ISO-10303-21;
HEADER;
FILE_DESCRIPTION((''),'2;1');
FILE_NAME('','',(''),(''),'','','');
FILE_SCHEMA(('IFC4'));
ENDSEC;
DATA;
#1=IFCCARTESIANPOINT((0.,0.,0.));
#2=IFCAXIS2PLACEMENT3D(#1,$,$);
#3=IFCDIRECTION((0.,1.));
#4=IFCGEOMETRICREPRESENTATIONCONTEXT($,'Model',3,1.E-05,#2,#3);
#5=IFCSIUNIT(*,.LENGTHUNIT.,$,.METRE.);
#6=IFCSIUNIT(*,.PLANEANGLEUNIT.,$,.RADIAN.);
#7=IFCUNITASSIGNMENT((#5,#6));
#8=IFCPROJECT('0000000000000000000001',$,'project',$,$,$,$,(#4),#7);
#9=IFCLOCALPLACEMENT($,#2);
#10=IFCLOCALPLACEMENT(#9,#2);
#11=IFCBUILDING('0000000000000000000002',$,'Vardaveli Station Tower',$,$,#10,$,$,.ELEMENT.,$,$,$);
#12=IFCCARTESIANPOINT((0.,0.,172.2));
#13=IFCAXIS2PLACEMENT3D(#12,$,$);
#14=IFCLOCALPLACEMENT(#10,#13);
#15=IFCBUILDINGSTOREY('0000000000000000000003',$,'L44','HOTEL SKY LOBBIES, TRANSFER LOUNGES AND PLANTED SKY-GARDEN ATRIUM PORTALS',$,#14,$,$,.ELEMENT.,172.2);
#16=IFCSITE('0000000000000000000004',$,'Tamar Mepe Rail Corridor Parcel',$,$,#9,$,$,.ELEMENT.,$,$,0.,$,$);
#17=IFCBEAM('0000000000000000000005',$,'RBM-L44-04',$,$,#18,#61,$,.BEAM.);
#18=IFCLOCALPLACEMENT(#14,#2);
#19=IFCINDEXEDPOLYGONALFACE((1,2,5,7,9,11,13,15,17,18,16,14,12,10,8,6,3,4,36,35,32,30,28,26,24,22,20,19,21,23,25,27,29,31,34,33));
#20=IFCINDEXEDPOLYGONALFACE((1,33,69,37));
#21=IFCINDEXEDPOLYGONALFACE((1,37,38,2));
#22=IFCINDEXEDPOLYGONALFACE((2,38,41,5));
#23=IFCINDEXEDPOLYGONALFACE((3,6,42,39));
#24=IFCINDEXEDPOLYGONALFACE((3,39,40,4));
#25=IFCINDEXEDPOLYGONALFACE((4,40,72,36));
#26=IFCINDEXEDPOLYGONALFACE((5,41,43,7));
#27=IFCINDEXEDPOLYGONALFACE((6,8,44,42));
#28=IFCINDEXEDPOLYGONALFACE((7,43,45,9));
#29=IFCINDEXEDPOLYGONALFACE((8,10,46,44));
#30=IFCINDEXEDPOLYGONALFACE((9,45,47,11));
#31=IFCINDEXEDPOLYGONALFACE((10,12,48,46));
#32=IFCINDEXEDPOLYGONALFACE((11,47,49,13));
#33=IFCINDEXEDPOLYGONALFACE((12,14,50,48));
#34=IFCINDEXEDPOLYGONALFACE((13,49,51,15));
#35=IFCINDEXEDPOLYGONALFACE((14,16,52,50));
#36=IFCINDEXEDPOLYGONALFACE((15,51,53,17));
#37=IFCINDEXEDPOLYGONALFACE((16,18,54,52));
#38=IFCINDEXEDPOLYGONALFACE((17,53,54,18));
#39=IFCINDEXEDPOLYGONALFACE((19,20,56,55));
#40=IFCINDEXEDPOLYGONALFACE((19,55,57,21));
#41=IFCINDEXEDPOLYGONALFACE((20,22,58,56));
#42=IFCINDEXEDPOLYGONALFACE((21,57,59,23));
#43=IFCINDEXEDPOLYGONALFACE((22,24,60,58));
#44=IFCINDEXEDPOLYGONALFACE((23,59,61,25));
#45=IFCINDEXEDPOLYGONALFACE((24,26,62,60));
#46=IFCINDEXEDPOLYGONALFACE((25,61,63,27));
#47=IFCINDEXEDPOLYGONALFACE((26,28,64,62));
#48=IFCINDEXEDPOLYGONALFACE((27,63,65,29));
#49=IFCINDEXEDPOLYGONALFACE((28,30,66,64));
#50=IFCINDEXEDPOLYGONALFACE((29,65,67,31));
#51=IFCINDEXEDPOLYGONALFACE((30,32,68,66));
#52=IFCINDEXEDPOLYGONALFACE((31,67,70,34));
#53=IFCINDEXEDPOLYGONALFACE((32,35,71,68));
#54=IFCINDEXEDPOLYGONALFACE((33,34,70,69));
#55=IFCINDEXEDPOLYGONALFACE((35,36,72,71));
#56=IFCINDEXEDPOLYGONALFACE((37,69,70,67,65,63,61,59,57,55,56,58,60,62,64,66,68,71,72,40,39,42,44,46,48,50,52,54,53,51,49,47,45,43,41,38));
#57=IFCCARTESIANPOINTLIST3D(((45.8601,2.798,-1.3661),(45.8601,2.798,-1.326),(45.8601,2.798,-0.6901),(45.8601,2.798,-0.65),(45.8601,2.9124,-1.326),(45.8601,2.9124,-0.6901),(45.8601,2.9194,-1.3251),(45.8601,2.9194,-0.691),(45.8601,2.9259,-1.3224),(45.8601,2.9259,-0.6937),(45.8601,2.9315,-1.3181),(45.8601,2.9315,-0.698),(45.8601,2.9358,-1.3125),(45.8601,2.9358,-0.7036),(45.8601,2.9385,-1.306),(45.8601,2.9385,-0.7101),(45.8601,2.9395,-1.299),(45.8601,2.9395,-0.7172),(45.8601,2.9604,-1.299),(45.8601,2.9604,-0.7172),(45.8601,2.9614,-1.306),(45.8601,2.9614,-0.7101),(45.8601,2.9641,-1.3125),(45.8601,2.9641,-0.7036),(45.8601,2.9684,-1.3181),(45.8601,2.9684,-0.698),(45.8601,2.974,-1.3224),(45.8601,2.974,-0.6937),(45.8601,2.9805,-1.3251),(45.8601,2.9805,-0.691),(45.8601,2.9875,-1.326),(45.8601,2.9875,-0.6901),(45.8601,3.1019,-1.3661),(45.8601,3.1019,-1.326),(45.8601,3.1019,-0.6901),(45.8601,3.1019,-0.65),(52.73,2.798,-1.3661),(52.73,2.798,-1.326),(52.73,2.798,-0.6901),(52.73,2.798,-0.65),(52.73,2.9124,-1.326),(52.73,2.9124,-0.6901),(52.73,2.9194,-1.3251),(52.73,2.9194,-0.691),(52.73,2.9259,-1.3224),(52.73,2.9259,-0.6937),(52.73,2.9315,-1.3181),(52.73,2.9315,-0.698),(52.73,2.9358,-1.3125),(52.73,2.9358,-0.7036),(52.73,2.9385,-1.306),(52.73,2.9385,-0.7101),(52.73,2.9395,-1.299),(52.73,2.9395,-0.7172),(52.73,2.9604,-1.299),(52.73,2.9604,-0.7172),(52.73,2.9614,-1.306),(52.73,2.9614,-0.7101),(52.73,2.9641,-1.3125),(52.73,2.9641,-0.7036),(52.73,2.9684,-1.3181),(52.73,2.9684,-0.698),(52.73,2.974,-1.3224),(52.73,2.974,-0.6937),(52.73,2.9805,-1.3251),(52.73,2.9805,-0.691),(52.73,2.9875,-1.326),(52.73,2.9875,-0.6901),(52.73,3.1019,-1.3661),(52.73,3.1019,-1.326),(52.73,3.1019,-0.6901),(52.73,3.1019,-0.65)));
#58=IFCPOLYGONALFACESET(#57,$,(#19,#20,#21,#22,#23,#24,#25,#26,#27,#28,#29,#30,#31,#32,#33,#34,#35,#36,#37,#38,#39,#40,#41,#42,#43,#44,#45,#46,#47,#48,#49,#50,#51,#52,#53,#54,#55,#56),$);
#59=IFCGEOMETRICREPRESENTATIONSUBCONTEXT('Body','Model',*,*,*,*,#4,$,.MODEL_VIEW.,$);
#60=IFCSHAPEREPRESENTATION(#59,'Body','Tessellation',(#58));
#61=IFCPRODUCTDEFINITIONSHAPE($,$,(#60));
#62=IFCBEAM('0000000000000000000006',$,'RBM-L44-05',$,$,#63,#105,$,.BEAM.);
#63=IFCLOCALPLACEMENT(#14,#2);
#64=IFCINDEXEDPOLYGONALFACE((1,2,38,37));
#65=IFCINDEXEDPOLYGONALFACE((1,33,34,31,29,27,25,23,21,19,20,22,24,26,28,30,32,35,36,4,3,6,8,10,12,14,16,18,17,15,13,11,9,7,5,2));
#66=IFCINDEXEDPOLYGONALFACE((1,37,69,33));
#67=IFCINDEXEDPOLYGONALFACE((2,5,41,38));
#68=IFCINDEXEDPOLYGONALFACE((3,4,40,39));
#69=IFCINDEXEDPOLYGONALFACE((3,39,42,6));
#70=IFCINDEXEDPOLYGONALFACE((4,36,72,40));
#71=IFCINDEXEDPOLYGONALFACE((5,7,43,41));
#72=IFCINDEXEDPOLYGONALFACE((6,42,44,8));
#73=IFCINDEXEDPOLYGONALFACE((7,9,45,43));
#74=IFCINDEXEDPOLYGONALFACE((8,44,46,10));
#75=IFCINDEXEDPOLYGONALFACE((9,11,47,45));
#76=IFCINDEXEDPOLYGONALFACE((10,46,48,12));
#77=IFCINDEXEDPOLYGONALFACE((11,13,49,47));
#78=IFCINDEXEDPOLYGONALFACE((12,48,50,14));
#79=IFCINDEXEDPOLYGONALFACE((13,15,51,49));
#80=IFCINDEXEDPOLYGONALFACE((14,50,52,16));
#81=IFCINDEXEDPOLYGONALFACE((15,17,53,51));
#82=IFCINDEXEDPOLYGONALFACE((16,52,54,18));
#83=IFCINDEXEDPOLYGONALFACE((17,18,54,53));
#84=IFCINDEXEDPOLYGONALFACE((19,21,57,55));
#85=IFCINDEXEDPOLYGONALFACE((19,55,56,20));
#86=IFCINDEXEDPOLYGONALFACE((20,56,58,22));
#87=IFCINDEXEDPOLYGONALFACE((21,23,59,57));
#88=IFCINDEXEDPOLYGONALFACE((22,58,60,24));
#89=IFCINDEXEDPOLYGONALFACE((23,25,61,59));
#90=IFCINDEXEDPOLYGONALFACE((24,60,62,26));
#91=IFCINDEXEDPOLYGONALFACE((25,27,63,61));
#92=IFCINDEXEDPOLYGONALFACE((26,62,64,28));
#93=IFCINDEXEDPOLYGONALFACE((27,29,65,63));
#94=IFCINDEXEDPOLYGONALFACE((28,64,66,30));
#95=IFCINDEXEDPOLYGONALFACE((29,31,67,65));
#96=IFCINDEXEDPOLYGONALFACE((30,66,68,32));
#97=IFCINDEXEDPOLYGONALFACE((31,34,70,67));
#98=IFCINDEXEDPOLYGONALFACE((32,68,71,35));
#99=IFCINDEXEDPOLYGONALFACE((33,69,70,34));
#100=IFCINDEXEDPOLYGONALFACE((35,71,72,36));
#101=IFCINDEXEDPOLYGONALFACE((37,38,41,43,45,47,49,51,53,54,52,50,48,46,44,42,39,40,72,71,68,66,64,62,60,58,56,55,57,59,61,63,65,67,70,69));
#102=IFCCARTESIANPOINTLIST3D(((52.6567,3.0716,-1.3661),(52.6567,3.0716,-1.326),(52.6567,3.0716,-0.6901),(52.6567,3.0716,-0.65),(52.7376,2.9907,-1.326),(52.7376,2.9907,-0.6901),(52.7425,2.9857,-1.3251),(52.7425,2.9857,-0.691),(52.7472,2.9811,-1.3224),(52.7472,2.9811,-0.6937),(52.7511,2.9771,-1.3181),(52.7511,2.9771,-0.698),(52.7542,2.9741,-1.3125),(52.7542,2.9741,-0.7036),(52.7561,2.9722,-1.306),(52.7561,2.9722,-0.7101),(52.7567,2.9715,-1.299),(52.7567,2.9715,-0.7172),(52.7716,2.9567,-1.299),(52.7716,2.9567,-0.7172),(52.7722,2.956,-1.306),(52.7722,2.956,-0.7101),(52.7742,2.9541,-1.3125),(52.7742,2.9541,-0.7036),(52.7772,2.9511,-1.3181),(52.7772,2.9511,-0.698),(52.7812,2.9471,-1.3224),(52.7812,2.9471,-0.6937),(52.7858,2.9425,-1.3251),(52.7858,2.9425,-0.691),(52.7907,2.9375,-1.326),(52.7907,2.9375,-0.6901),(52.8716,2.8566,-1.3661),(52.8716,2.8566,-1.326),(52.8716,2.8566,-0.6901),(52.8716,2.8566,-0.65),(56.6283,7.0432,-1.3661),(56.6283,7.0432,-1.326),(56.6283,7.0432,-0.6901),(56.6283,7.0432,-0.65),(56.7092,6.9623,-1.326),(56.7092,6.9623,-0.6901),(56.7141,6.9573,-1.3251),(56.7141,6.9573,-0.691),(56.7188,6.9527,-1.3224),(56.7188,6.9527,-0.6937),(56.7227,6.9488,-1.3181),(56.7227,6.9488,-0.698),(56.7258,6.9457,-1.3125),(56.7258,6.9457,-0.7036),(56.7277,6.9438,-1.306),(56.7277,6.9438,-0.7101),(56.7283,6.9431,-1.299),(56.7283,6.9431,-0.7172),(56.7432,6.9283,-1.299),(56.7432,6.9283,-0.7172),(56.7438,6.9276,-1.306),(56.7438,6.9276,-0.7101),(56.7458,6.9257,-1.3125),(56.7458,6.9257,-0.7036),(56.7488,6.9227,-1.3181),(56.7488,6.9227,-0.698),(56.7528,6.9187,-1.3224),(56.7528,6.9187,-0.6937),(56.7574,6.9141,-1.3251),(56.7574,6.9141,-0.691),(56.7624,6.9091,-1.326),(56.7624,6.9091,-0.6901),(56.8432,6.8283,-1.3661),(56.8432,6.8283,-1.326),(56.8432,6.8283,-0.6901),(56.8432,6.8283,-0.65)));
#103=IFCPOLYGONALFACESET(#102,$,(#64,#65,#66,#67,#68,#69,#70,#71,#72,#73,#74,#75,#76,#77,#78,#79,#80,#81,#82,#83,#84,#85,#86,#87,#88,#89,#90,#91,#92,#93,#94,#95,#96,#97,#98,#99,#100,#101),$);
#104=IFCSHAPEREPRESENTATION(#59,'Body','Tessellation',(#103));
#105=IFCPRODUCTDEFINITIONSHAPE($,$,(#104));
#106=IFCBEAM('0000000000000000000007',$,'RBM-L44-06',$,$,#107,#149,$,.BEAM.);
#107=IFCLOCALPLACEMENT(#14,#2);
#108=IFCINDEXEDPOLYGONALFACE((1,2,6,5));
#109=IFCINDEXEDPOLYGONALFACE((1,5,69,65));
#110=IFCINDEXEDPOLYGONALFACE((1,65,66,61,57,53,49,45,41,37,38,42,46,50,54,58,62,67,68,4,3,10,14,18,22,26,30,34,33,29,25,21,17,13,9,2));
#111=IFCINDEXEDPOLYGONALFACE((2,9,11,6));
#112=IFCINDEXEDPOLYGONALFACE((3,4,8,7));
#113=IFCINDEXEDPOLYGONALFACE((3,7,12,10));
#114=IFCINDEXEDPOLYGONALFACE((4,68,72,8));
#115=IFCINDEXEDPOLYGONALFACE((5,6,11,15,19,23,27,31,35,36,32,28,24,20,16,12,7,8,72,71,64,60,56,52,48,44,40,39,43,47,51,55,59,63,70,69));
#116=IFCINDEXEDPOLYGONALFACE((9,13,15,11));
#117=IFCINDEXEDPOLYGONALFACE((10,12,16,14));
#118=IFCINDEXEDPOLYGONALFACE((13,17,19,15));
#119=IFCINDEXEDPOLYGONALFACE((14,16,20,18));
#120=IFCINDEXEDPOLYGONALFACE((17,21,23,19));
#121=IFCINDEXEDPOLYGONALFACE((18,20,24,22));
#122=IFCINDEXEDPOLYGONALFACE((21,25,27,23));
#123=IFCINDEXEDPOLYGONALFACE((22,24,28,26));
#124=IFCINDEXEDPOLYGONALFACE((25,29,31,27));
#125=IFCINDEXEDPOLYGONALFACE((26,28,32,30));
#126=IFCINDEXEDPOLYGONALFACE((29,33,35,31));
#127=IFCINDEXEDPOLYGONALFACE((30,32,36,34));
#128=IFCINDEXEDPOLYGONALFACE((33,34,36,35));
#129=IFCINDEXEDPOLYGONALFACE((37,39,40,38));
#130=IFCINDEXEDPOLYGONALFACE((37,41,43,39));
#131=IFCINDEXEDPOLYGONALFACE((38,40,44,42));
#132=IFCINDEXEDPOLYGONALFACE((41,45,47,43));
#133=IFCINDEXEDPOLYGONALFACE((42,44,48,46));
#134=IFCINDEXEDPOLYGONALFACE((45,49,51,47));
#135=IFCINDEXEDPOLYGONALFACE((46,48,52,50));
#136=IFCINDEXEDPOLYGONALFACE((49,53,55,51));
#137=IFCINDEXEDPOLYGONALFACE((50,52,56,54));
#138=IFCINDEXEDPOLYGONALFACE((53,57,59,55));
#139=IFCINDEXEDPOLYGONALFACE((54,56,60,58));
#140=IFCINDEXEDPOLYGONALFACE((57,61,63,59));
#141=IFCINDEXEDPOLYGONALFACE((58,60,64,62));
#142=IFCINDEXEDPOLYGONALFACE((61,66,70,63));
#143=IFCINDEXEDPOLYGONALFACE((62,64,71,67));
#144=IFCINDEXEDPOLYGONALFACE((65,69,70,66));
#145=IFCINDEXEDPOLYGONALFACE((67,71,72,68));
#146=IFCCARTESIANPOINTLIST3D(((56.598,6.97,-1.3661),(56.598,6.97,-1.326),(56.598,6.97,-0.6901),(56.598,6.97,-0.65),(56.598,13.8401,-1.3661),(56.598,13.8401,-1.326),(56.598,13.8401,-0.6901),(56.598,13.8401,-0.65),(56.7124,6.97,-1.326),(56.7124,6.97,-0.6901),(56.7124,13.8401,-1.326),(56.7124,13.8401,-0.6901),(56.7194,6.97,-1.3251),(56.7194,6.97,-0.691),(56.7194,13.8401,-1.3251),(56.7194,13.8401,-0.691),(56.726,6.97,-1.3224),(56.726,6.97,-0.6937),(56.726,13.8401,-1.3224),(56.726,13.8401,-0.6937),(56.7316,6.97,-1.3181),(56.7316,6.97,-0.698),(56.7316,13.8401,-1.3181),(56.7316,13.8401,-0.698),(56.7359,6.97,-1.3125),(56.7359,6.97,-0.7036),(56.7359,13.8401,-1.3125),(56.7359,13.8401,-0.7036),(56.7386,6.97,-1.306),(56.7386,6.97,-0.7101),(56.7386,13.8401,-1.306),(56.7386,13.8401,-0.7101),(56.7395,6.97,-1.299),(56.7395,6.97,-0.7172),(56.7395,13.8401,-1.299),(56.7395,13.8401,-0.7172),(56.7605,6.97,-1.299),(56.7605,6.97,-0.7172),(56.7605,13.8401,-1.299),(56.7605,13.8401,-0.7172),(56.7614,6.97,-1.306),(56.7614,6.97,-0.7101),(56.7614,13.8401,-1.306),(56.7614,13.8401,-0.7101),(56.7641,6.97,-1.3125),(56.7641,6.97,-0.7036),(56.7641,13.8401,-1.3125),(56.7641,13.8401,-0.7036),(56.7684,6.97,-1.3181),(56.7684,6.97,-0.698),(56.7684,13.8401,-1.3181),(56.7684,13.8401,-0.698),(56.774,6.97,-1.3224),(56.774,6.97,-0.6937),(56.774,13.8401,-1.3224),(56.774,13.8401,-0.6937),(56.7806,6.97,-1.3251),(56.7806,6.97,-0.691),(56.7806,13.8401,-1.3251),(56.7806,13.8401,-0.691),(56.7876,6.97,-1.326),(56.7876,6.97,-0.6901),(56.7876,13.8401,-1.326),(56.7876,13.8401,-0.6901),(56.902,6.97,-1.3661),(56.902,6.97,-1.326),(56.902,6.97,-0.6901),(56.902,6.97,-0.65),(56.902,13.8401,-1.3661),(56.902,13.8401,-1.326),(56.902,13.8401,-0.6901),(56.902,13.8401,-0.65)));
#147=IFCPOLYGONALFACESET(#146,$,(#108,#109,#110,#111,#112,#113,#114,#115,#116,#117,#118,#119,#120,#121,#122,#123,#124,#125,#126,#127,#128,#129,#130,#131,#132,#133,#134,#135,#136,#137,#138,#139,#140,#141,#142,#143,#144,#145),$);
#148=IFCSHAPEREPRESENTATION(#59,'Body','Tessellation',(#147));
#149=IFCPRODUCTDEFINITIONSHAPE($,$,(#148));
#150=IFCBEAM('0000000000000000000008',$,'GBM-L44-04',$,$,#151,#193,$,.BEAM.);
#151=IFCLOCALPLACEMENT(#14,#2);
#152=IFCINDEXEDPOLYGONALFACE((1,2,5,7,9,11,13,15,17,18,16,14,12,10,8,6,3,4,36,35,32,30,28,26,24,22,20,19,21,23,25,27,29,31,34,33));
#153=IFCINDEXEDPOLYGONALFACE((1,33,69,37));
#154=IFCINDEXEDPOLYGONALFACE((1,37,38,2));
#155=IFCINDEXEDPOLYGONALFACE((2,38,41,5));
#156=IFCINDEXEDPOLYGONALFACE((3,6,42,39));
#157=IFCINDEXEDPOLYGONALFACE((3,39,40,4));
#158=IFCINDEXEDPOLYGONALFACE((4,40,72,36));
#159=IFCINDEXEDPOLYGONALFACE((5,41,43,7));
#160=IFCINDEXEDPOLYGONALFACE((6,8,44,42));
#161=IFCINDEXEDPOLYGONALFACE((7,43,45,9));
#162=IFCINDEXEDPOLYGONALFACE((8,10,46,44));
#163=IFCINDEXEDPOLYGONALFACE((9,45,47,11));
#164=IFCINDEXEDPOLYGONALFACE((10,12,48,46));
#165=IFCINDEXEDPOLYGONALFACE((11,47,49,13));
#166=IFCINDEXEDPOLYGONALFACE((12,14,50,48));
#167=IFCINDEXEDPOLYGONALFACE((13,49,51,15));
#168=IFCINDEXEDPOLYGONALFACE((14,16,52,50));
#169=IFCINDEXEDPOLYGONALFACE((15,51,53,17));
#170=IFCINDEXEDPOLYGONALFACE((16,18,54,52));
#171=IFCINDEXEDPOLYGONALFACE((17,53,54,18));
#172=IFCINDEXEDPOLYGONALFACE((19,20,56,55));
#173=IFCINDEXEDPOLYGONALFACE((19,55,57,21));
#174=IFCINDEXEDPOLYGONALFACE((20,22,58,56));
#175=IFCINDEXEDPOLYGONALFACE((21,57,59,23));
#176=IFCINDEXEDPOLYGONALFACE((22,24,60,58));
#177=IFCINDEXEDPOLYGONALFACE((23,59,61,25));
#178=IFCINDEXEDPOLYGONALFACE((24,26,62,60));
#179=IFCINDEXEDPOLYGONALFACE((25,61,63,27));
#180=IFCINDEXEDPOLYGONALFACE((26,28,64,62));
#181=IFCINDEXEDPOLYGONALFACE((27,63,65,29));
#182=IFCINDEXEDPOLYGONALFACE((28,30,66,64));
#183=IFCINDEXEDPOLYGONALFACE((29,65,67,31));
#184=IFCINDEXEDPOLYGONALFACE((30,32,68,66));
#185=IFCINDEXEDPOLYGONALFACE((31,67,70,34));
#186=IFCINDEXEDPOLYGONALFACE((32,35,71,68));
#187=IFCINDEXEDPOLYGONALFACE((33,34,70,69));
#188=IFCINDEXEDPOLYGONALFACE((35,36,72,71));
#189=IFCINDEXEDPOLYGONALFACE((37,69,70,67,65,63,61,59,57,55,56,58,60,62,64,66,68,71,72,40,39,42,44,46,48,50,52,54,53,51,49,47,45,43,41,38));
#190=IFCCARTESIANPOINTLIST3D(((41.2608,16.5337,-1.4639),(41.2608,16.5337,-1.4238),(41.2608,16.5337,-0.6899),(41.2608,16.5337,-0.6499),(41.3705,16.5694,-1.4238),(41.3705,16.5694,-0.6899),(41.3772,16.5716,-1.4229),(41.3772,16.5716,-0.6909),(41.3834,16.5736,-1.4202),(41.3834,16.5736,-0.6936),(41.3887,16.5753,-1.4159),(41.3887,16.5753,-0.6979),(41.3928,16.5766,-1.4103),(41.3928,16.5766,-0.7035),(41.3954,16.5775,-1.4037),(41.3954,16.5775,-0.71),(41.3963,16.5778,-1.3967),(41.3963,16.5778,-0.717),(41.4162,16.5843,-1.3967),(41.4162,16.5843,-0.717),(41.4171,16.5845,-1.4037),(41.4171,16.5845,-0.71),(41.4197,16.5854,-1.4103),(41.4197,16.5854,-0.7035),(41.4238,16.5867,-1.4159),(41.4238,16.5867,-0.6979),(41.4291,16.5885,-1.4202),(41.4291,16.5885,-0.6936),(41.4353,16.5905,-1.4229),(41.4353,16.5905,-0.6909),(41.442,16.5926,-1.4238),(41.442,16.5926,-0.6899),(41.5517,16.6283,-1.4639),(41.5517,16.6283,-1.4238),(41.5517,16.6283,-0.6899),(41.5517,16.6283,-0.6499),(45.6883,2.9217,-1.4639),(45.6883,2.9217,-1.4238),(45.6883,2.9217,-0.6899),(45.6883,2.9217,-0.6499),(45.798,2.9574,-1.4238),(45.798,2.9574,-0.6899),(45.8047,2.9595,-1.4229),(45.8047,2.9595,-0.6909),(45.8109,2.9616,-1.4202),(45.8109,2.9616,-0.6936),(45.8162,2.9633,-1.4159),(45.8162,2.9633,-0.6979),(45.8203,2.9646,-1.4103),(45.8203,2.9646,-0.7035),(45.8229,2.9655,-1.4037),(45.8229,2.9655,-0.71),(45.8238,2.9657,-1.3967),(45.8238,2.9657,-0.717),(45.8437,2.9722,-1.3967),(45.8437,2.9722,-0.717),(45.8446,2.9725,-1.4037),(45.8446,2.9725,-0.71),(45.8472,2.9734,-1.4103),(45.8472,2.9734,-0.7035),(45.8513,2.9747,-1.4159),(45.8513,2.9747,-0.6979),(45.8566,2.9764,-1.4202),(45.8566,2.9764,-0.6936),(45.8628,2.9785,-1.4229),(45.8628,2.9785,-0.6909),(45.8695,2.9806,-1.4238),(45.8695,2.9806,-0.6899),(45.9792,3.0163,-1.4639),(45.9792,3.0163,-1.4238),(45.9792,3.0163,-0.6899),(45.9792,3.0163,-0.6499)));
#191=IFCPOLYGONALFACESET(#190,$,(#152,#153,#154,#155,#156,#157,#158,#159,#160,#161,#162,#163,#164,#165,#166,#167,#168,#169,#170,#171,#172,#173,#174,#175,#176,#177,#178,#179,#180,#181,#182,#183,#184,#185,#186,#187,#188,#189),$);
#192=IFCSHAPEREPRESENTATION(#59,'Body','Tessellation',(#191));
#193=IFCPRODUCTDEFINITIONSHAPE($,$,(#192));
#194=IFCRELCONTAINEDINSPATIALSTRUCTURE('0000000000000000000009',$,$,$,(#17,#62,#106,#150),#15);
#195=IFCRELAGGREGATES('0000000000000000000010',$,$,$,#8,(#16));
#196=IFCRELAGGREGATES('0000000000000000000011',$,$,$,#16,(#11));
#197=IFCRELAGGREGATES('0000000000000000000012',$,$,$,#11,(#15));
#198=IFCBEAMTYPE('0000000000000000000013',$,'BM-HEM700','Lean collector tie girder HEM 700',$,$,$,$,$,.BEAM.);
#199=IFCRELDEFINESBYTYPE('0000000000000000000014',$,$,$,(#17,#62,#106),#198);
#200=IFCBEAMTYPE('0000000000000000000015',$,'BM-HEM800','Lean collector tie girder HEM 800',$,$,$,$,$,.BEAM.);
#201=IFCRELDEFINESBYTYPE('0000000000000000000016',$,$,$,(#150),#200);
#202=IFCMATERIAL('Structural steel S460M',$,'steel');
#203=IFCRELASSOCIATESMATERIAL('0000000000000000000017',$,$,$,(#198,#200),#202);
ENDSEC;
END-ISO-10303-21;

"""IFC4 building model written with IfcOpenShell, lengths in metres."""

from ifc_helpers import new_model, si_unit, direction, frame, origin, origin_2d, place, context, subcontext, project, spatial, i_section, extrude, source, transform, mapped, material, material_profile, profile_set, type_object, element, save


model = new_model("IFC4")

# Units and contexts
model_context = context("Model", 3, precision=1e-05, world=origin(), true_north=direction((0.0, 1.0)))
body_context = subcontext(model_context, "Body", "Model", "MODEL_VIEW")
ifc_project = project(units=[si_unit("LENGTHUNIT", "METRE"), si_unit("PLANEANGLEUNIT", "RADIAN")], contexts=[model_context])

# Site, building, storey
site_placement = place(None, origin())
site = spatial("IfcSite", under=ifc_project, at=site_placement, Name="Tamar Mepe Rail Corridor Parcel", CompositionType="ELEMENT", RefElevation=0.0)
building_placement = place(site_placement, origin())
building = spatial("IfcBuilding", under=site, at=building_placement, Name="Vardaveli Station Tower", CompositionType="ELEMENT")
storey_placement = place(building_placement, frame((0.0, 0.0, 172.2)))
storey = spatial("IfcBuildingStorey", under=building, at=storey_placement, Name="L44", Description="HOTEL SKY LOBBIES, TRANSFER LOUNGES AND PLANTED SKY-GARDEN ATRIUM PORTALS", CompositionType="ELEMENT", Elevation=172.2)

# Shared definitions
ifc_material_1 = material(Name="Structural steel S460M", Category="steel")

# Beams
ifc_material_profile_1 = material_profile(ifc_material_1, i_section(OverallWidth=0.304, OverallDepth=0.7161, WebThickness=0.021, FlangeThickness=0.04, FilletRadius=0.0271, at=origin_2d()), Name="HEM 700")
ifc_profile_set_1 = profile_set([ifc_material_profile_1], Name="Structural steel S460M")
beam_type_1 = type_object("IfcBeamType", Name="BM-HEM700", Description="Lean collector tie girder HEM 700", PredefinedType="BEAM", material=ifc_profile_set_1)
shared_shape_1 = source(origin(), body_context, "Body", "SweptSolid", [
    extrude(i_section(OverallWidth=0.304, OverallDepth=0.7161, WebThickness=0.021, FlangeThickness=0.04, FilletRadius=0.0271, at=origin_2d()), origin(), (0.0, 0.0, 1.0), 6.8699),
])
beam_1_placement = place(storey_placement, frame((45.8601, 2.95, -1.0081), z_axis=(1.0, 0.0, 0.0), x_axis=(0.0, 1.0, 0.0)))
element("IfcBeam", 1, at=beam_1_placement, inside=storey, type_object=beam_type_1, Name="RBM-L44-04", PredefinedType="BEAM", context=body_context, shape_type="MappedRepresentation", body=[
    mapped(shared_shape_1, transform((0.0, 0.0, 0.0), scale=1.0)),
])
shared_shape_2 = source(origin(), body_context, "Body", "SweptSolid", [
    extrude(i_section(OverallWidth=0.304, OverallDepth=0.7161, WebThickness=0.021, FlangeThickness=0.04, FilletRadius=0.0271, at=origin_2d()), origin(), (0.0, 0.0, 1.0), 5.6167),
])
beam_2_placement = place(storey_placement, frame((52.7642, 2.9641, -1.0081), z_axis=(0.707107, 0.707107, 0.0), x_axis=(-0.707107, 0.707107, 0.0)))
element("IfcBeam", 2, at=beam_2_placement, inside=storey, type_object=beam_type_1, Name="RBM-L44-05", PredefinedType="BEAM", context=body_context, shape_type="MappedRepresentation", body=[
    mapped(shared_shape_2, transform((0.0, 0.0, 0.0), scale=1.0)),
])
shared_shape_3 = source(origin(), body_context, "Body", "SweptSolid", [
    extrude(i_section(OverallWidth=0.304, OverallDepth=0.7161, WebThickness=0.021, FlangeThickness=0.04, FilletRadius=0.0271, at=origin_2d()), origin(), (0.0, 0.0, 1.0), 6.8701),
])
beam_3_placement = place(storey_placement, frame((56.75, 6.97, -1.0081), z_axis=(0.0, 1.0, 0.0), x_axis=(-1.0, 0.0, 0.0)))
element("IfcBeam", 3, at=beam_3_placement, inside=storey, type_object=beam_type_1, Name="RBM-L44-06", PredefinedType="BEAM", context=body_context, shape_type="MappedRepresentation", body=[
    mapped(shared_shape_3, transform((0.0, 0.0, 0.0), scale=1.0)),
])
ifc_material_profile_2 = material_profile(ifc_material_1, i_section(OverallWidth=0.3059, OverallDepth=0.814, WebThickness=0.021, FlangeThickness=0.04, FilletRadius=0.0271, at=origin_2d()), Name="HEM 800")
ifc_profile_set_2 = profile_set([ifc_material_profile_2], Name="Structural steel S460M")
beam_type_2 = type_object("IfcBeamType", Name="BM-HEM800", Description="Lean collector tie girder HEM 800", PredefinedType="BEAM", material=ifc_profile_set_2)
shared_shape_4 = source(origin(), body_context, "Body", "SweptSolid", [
    extrude(i_section(OverallWidth=0.3059, OverallDepth=0.814, WebThickness=0.021, FlangeThickness=0.04, FilletRadius=0.0271, at=origin_2d()), origin(), (0.0, 0.0, 1.0), 14.314),
])
beam_4_placement = place(storey_placement, frame((45.8337, 2.969, -1.0569), z_axis=(-0.309312, 0.950961, 0.0), x_axis=(-0.950961, -0.309312, 0.0)))
element("IfcBeam", 4, at=beam_4_placement, inside=storey, type_object=beam_type_2, Name="GBM-L44-04", PredefinedType="BEAM", context=body_context, shape_type="MappedRepresentation", body=[
    mapped(shared_shape_4, transform((0.0, 0.0, 0.0), scale=1.0)),
])

save(model, "model.ifc")
